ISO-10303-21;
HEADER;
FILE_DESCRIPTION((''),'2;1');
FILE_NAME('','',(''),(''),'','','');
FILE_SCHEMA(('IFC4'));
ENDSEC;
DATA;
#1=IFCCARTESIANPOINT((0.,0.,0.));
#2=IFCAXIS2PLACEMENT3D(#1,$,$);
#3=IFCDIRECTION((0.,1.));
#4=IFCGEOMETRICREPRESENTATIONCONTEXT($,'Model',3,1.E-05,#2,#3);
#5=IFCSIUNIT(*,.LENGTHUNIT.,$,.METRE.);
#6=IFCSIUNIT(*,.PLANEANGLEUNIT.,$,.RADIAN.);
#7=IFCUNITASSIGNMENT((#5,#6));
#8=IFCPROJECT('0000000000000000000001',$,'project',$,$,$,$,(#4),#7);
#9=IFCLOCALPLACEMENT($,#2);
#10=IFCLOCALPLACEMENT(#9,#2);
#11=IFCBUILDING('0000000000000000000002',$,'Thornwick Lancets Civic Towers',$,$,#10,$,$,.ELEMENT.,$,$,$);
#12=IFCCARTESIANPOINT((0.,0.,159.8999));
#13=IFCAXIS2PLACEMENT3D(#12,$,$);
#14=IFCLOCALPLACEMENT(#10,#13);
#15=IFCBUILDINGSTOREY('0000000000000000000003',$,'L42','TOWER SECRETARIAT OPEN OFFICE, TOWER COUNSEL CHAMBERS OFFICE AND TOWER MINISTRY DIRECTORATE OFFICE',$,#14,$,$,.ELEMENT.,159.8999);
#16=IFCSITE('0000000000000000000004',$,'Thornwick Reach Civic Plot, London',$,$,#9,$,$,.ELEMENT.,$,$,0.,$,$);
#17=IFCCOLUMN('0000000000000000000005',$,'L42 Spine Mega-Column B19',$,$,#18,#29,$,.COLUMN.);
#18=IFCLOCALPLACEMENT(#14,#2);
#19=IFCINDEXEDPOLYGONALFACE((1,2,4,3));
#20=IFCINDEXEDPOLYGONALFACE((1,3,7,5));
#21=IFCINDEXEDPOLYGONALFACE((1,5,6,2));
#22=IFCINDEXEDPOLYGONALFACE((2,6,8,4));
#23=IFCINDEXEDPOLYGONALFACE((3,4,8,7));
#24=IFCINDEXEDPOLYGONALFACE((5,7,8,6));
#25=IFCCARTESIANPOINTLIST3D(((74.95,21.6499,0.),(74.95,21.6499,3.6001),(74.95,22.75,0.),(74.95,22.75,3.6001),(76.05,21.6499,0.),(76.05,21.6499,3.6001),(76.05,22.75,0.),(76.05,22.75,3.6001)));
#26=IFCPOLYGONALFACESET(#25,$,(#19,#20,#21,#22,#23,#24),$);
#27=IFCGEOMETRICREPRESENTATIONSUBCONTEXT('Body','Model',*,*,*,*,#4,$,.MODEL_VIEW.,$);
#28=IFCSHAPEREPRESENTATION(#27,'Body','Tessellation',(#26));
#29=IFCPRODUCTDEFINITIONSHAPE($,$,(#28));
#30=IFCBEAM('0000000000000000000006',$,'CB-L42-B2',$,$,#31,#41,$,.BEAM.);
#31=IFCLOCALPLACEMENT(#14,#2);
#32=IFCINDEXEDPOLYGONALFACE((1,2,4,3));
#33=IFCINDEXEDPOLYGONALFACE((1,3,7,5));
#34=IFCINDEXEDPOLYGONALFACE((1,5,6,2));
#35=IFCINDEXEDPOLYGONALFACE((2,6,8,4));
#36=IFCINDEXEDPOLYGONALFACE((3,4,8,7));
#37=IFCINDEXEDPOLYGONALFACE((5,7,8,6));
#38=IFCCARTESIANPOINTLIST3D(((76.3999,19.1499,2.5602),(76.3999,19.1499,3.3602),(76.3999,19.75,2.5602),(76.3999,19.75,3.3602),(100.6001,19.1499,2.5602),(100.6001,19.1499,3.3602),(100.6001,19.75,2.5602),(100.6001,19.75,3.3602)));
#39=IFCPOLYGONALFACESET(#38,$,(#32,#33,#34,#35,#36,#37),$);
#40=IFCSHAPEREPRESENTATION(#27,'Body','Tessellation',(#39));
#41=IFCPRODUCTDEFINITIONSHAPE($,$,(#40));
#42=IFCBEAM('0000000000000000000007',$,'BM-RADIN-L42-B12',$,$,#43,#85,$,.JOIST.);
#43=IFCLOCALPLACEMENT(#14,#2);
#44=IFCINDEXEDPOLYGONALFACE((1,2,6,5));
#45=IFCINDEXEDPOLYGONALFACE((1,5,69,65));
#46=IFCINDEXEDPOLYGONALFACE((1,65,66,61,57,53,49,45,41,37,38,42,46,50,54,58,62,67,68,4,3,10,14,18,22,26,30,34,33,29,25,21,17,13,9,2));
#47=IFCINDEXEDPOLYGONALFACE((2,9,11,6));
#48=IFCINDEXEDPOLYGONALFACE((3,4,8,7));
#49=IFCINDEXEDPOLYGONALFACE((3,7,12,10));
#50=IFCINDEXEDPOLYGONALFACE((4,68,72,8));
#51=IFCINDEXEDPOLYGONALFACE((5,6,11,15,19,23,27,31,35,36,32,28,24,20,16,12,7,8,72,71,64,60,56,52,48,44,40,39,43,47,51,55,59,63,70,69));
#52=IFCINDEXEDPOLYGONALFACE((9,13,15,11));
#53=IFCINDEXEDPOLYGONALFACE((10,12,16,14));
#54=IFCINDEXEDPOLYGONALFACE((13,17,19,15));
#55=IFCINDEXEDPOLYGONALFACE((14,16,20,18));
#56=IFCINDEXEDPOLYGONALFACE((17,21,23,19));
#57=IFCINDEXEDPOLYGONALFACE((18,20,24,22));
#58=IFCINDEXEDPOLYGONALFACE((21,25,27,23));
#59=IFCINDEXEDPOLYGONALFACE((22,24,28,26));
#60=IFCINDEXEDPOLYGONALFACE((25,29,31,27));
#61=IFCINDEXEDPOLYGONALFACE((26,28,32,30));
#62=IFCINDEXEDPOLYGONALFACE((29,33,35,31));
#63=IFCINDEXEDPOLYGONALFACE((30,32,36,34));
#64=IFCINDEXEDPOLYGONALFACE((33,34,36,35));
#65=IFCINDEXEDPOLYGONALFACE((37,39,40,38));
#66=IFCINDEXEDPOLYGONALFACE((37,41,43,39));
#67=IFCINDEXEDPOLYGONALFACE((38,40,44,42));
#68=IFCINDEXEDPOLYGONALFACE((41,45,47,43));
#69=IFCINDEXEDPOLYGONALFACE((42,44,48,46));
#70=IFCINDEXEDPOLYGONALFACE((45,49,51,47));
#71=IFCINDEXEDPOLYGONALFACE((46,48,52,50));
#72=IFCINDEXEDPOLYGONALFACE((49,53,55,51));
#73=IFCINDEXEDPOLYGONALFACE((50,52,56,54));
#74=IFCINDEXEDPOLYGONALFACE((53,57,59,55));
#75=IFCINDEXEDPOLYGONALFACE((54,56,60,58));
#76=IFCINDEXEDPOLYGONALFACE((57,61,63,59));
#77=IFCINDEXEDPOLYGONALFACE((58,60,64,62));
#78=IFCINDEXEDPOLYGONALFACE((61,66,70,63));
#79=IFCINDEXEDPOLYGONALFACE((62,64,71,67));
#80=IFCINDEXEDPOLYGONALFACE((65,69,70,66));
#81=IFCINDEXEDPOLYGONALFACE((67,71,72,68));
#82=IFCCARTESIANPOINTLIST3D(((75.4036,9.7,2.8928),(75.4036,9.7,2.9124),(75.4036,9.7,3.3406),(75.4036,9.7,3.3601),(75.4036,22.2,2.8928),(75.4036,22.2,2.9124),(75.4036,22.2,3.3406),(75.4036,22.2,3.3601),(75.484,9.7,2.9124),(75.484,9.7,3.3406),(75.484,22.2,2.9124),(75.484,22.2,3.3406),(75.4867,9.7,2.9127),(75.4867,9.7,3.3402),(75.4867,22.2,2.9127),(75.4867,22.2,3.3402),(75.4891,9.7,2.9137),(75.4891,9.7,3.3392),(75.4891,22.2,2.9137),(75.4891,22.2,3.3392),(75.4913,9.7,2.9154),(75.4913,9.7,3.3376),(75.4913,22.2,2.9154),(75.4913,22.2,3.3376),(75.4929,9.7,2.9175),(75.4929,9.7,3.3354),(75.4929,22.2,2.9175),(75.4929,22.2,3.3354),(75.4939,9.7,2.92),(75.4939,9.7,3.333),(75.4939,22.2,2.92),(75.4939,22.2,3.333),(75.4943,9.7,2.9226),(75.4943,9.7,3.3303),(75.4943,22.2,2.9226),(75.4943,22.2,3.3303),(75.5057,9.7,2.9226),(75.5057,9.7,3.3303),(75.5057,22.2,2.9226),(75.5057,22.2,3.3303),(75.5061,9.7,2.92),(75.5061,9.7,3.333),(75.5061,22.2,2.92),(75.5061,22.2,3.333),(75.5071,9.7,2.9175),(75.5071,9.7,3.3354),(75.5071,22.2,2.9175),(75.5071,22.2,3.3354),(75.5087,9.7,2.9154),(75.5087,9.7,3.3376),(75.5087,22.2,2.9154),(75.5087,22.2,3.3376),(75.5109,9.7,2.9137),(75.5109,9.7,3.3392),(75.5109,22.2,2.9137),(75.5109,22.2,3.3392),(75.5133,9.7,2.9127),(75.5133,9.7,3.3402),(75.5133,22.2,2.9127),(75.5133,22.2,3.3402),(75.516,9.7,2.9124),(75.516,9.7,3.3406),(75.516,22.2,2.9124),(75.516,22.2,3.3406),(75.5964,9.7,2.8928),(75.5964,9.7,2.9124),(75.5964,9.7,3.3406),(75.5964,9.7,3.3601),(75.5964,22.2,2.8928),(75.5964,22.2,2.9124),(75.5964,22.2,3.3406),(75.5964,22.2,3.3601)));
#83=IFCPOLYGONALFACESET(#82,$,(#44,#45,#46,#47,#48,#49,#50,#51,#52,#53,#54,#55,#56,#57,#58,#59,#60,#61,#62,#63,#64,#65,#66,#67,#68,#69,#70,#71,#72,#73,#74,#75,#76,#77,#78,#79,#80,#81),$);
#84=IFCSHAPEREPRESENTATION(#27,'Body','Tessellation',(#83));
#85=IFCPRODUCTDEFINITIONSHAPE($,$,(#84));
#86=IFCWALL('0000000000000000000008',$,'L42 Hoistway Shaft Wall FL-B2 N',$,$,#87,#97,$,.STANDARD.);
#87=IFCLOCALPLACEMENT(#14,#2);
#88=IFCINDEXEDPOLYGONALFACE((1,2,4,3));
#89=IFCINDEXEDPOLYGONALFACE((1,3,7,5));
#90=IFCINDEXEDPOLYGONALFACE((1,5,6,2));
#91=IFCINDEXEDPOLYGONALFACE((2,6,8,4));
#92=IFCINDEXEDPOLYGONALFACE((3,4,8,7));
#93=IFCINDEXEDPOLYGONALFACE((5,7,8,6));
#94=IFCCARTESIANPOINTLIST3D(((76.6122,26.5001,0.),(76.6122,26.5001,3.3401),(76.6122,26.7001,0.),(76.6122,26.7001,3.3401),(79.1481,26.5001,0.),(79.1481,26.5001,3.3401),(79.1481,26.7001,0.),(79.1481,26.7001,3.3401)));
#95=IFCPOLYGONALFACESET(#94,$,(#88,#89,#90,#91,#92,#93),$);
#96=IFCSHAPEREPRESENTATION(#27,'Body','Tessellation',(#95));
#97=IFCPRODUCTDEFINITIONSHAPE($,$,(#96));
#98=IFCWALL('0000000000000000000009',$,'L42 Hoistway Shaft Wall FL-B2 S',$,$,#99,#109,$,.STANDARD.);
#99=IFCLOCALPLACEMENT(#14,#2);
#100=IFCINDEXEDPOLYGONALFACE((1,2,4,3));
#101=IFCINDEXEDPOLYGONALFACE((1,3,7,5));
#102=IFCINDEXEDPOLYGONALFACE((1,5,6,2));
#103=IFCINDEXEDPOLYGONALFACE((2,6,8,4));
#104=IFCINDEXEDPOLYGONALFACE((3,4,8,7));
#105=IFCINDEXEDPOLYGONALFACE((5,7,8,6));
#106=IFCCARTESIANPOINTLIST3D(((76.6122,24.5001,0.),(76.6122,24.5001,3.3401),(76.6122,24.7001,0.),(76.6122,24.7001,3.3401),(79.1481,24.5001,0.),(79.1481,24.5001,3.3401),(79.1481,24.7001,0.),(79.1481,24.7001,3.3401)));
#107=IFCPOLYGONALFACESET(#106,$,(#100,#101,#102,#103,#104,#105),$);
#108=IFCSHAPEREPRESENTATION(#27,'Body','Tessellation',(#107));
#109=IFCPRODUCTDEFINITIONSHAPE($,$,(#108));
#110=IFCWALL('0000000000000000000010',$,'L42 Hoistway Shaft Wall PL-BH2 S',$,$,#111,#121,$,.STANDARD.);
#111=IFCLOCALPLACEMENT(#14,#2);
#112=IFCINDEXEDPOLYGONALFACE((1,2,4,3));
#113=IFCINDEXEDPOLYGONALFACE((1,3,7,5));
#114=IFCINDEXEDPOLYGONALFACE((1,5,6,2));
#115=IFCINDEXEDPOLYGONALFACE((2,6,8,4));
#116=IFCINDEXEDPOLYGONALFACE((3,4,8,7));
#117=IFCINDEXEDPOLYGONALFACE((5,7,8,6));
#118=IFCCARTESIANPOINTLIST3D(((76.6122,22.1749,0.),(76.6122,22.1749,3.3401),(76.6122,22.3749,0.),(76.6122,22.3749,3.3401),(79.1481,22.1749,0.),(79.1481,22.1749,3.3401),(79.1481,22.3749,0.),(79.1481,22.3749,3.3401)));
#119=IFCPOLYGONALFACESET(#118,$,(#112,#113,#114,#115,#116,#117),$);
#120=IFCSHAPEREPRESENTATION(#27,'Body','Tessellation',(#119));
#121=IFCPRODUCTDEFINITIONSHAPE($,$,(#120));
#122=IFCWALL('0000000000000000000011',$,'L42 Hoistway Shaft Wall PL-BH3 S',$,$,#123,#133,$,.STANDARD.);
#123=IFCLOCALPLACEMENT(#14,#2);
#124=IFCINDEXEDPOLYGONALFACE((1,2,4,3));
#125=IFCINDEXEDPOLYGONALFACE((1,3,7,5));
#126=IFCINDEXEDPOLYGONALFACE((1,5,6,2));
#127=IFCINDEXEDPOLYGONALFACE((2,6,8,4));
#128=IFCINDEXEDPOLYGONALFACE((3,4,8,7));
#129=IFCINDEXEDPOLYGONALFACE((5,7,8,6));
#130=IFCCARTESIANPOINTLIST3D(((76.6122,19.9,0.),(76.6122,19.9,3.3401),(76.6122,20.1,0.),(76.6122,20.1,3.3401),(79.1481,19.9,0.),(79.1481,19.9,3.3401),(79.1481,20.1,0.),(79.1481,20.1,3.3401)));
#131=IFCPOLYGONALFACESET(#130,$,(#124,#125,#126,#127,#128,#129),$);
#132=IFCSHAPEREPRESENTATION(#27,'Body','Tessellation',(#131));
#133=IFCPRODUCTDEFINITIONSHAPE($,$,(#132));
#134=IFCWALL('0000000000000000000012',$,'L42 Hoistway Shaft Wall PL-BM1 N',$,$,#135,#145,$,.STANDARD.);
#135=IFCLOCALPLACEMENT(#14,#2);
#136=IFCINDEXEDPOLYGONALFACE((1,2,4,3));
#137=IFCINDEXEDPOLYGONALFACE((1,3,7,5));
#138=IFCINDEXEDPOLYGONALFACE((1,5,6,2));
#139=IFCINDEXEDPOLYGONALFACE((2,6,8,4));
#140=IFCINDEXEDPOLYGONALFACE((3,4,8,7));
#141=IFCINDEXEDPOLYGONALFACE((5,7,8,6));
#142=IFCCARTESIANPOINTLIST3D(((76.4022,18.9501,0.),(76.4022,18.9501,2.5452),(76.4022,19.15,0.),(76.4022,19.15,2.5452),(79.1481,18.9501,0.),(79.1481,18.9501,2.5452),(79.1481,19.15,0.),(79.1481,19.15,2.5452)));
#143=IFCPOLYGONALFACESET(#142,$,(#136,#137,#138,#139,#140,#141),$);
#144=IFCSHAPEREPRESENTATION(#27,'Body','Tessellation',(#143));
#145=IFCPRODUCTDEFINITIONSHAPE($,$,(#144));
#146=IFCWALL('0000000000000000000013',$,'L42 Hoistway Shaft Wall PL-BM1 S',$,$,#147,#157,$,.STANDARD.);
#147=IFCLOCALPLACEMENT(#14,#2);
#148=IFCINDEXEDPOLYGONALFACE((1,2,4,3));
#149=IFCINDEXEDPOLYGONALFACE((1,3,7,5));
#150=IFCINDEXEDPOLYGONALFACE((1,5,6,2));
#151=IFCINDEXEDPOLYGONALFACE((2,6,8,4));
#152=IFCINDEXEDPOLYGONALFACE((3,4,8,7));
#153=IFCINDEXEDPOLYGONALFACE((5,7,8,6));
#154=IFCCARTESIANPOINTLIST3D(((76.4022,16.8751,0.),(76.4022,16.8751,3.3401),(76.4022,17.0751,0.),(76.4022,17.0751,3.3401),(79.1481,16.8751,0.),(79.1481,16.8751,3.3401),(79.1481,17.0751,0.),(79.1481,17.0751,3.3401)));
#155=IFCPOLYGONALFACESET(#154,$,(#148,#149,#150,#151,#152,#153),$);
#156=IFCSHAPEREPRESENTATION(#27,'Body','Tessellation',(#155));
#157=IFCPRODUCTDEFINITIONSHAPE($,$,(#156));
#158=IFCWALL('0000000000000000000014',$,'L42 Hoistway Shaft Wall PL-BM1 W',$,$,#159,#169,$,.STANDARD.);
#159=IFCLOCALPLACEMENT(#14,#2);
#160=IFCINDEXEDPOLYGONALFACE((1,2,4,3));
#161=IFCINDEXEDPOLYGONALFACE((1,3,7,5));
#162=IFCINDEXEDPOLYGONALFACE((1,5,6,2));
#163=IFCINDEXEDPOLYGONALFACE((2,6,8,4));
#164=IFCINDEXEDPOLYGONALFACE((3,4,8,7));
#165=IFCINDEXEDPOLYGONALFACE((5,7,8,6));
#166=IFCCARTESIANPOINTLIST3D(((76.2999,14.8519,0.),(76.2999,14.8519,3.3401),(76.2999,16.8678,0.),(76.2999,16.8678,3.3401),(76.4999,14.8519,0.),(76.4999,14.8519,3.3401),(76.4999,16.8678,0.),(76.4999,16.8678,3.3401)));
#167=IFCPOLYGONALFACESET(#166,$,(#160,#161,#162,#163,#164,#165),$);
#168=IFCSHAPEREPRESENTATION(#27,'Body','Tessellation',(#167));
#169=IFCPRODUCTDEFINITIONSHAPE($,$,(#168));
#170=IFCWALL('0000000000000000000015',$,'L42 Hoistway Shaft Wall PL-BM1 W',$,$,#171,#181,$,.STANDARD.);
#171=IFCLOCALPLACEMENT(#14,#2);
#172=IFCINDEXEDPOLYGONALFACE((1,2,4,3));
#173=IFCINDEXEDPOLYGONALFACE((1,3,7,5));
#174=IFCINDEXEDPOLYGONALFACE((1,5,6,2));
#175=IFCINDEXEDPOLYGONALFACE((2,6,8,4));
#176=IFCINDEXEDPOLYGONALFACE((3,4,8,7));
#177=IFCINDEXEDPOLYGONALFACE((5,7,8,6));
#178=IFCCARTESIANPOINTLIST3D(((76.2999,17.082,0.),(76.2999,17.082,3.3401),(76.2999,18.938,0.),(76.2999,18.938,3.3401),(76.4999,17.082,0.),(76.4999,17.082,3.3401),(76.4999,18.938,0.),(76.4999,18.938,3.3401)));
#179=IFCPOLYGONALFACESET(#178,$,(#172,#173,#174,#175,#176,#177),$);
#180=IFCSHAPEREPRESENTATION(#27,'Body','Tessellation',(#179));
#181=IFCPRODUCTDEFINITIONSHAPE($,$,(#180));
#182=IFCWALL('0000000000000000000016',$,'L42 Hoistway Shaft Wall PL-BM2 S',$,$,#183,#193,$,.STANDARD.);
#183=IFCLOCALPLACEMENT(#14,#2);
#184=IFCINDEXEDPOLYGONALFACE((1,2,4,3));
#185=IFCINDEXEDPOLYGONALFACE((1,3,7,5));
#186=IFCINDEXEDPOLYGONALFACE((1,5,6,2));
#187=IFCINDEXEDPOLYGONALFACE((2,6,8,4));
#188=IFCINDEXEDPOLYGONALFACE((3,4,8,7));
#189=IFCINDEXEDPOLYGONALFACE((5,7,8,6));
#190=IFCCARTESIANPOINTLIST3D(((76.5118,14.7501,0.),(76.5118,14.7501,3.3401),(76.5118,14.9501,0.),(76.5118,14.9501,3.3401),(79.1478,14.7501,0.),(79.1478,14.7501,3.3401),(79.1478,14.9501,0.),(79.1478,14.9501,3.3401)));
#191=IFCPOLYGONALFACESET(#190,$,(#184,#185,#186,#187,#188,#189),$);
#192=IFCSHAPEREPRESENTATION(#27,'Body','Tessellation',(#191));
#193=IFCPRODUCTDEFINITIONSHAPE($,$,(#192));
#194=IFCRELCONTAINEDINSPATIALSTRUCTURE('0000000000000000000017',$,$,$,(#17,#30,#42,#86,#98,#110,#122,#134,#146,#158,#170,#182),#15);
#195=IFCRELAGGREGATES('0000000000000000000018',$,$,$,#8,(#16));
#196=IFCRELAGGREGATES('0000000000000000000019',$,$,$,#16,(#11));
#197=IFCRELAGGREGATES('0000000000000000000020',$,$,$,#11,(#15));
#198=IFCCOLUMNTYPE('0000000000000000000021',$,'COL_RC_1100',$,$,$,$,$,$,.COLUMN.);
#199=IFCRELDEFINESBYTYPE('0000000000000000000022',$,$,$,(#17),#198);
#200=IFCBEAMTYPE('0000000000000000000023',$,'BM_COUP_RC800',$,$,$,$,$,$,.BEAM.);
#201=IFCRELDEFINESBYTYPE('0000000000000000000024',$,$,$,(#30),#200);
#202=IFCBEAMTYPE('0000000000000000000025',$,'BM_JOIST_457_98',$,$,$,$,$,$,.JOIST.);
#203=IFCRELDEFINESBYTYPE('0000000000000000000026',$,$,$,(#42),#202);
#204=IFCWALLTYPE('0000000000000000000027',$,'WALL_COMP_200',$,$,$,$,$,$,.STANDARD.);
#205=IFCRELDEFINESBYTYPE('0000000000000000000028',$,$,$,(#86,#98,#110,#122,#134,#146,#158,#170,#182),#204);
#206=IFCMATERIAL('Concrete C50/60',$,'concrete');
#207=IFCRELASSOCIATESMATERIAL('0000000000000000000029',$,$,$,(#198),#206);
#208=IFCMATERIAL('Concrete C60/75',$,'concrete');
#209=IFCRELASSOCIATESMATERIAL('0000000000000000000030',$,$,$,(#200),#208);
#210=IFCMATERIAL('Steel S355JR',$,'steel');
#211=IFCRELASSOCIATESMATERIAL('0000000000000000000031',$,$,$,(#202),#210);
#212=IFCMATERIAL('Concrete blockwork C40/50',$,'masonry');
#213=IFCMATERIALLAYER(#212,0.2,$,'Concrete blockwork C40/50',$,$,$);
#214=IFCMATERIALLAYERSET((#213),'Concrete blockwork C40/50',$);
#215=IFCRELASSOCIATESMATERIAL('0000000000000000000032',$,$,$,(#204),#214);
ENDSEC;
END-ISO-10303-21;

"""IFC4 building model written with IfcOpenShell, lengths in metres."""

from ifc_helpers import new_model, si_unit, direction, frame, frame_2d, origin, origin_2d, place, context, subcontext, project, spatial, rectangle, i_section, extrude, material, layer, layer_set, material_profile, profile_set, type_object, element, save


model = new_model("IFC4")

# Units and contexts
model_context = context("Model", 3, precision=1e-05, world=origin(), true_north=direction((0.0, 1.0)))
body_context = subcontext(model_context, "Body", "Model", "MODEL_VIEW")
ifc_project = project(units=[si_unit("LENGTHUNIT", "METRE"), si_unit("PLANEANGLEUNIT", "RADIAN")], contexts=[model_context])

# Site, building, storey
site_placement = place(None, origin())
site = spatial("IfcSite", under=ifc_project, at=site_placement, Name="Thornwick Reach Civic Plot, London", CompositionType="ELEMENT", RefElevation=0.0)
building_placement = place(site_placement, origin())
building = spatial("IfcBuilding", under=site, at=building_placement, Name="Thornwick Lancets Civic Towers", CompositionType="ELEMENT")
storey_placement = place(building_placement, frame((0.0, 0.0, 159.8999)))
storey = spatial("IfcBuildingStorey", under=building, at=storey_placement, Name="L42", Description="TOWER SECRETARIAT OPEN OFFICE, TOWER COUNSEL CHAMBERS OFFICE AND TOWER MINISTRY DIRECTORATE OFFICE", CompositionType="ELEMENT", Elevation=159.8999)

# Column
ifc_material_1 = material(Name="Concrete C50/60", Category="concrete")
ifc_material_profile_1 = material_profile(ifc_material_1, rectangle(XDim=1.1001, YDim=1.1001, at=origin_2d()), Name="RC 1100x1100")
ifc_profile_set_1 = profile_set([ifc_material_profile_1], Name="Concrete C50/60")
column_type = type_object("IfcColumnType", Name="COL_RC_1100", PredefinedType="COLUMN", material=ifc_profile_set_1)
column_placement = place(storey_placement, frame((75.5, 22.2, 0.0), z_axis=(0.0, 0.0, 1.0), x_axis=(1.0, 0.0, 0.0)))
element("IfcColumn", 1, at=column_placement, inside=storey, type_object=column_type, Name="L42 Spine Mega-Column B19", PredefinedType="COLUMN", context=body_context, shape_type="SweptSolid", body=[
    extrude(rectangle(XDim=1.1001, YDim=1.1001, at=origin_2d()), origin(), (0.0, 0.0, 1.0), 3.6001),
])

# Beams
ifc_material_2 = material(Name="Concrete C60/75", Category="concrete")
ifc_material_profile_2 = material_profile(ifc_material_2, rectangle(XDim=0.6001, YDim=0.8, at=origin_2d()), Name="RC 600x800")
ifc_profile_set_2 = profile_set([ifc_material_profile_2], Name="Concrete C60/75")
beam_type_1 = type_object("IfcBeamType", Name="BM_COUP_RC800", PredefinedType="BEAM", material=ifc_profile_set_2)
beam_1_placement = place(storey_placement, frame((76.3999, 19.45, 2.9602), z_axis=(1.0, 0.0, 0.0), x_axis=(0.0, 1.0, 0.0)))
element("IfcBeam", 2, at=beam_1_placement, inside=storey, type_object=beam_type_1, Name="CB-L42-B2", PredefinedType="BEAM", context=body_context, shape_type="SweptSolid", body=[
    extrude(rectangle(XDim=0.6001, YDim=0.8, at=origin_2d()), origin(), (0.0, 0.0, 1.0), 24.2002),
])
ifc_material_3 = material(Name="Steel S355JR", Category="steel")
ifc_material_profile_3 = material_profile(ifc_material_3, i_section(OverallWidth=0.1929, OverallDepth=0.4673, WebThickness=0.0115, FlangeThickness=0.0195, FilletRadius=0.0103, at=origin_2d()), Name="UKB 457x191x98")
ifc_profile_set_3 = profile_set([ifc_material_profile_3], Name="Steel S355JR")
beam_type_2 = type_object("IfcBeamType", Name="BM_JOIST_457_98", PredefinedType="JOIST", material=ifc_profile_set_3)
beam_2_placement = place(storey_placement, frame((75.5, 22.2, 3.1265), z_axis=(0.0, -1.0, 0.0), x_axis=(1.0, 0.0, 0.0)))
element("IfcBeam", 3, at=beam_2_placement, inside=storey, type_object=beam_type_2, Name="BM-RADIN-L42-B12", PredefinedType="JOIST", context=body_context, shape_type="SweptSolid", body=[
    extrude(i_section(OverallWidth=0.1929, OverallDepth=0.4673, WebThickness=0.0115, FlangeThickness=0.0195, FilletRadius=0.0103, at=origin_2d()), origin(), (0.0, 0.0, 1.0), 12.5),
])

# Walls
ifc_material_4 = material(Name="Concrete blockwork C40/50", Category="masonry")
ifc_layer_1 = layer(ifc_material_4, 0.2, Name="Concrete blockwork C40/50")
ifc_layer_set_1 = layer_set([ifc_layer_1], Name="Concrete blockwork C40/50")
wall_type_1 = type_object("IfcWallType", Name="WALL_COMP_200", PredefinedType="STANDARD", material=ifc_layer_set_1)
for number, where, z_axis, x_axis, name in (
    (4, (76.6121, 26.6001, 0.0), (0.0, 0.0, 1.0), (1.0, 0.0, 0.0), "L42 Hoistway Shaft Wall FL-B2 N"),
    (5, (76.6121, 24.6001, 0.0), (0.0, 0.0, 1.0), (1.0, 0.0, 0.0), "L42 Hoistway Shaft Wall FL-B2 S"),
    (6, (76.6121, 22.2749, 0.0), (0.0, 0.0, 1.0), (1.0, 0.0, 0.0), "L42 Hoistway Shaft Wall PL-BH2 S"),
    (7, (76.6121, 20.0, 0.0), (0.0, 0.0, 1.0), (1.0, 0.0, 0.0), "L42 Hoistway Shaft Wall PL-BH3 S"),
):
    element("IfcWall", number, at=place(storey_placement, frame(where, z_axis=z_axis, x_axis=x_axis)), inside=storey, type_object=wall_type_1, Name=name, PredefinedType="STANDARD", context=body_context, shape_type="SweptSolid", body=[
        extrude(rectangle(XDim=2.5359, YDim=0.2, at=frame_2d((1.2681, 0.0))), origin(), (0.0, 0.0, 1.0), 3.3401),
    ])
wall_1_placement = place(storey_placement, frame((76.4021, 19.05, 0.0), z_axis=(0.0, 0.0, 1.0), x_axis=(1.0, 0.0, 0.0)))
element("IfcWall", 8, at=wall_1_placement, inside=storey, type_object=wall_type_1, Name="L42 Hoistway Shaft Wall PL-BM1 N", PredefinedType="STANDARD", context=body_context, shape_type="SweptSolid", body=[
    extrude(rectangle(XDim=2.7458, YDim=0.2, at=frame_2d((1.373, 0.0))), origin(), (0.0, 0.0, 1.0), 2.5452),
])
wall_2_placement = place(storey_placement, frame((76.4021, 16.9751, 0.0), z_axis=(0.0, 0.0, 1.0), x_axis=(1.0, 0.0, 0.0)))
element("IfcWall", 9, at=wall_2_placement, inside=storey, type_object=wall_type_1, Name="L42 Hoistway Shaft Wall PL-BM1 S", PredefinedType="STANDARD", context=body_context, shape_type="SweptSolid", body=[
    extrude(rectangle(XDim=2.7458, YDim=0.2, at=frame_2d((1.373, 0.0))), origin(), (0.0, 0.0, 1.0), 3.3401),
])
wall_3_placement = place(storey_placement, frame((76.3999, 14.8521, 0.0), z_axis=(0.0, 0.0, 1.0), x_axis=(0.0, 1.0, 0.0)))
element("IfcWall", 10, at=wall_3_placement, inside=storey, type_object=wall_type_1, Name="L42 Hoistway Shaft Wall PL-BM1 W", PredefinedType="STANDARD", context=body_context, shape_type="SweptSolid", body=[
    extrude(rectangle(XDim=2.0159, YDim=0.2, at=frame_2d((1.0078, 0.0))), origin(), (0.0, 0.0, 1.0), 3.3401),
])
wall_4_placement = place(storey_placement, frame((76.3999, 17.082, 0.0), z_axis=(0.0, 0.0, 1.0), x_axis=(0.0, 1.0, 0.0)))
element("IfcWall", 11, at=wall_4_placement, inside=storey, type_object=wall_type_1, Name="L42 Hoistway Shaft Wall PL-BM1 W", PredefinedType="STANDARD", context=body_context, shape_type="SweptSolid", body=[
    extrude(rectangle(XDim=1.856, YDim=0.2, at=frame_2d((0.928, 0.0))), origin(), (0.0, 0.0, 1.0), 3.3401),
])
wall_5_placement = place(storey_placement, frame((76.512, 14.8501, 0.0), z_axis=(0.0, 0.0, 1.0), x_axis=(1.0, 0.0, 0.0)))
element("IfcWall", 12, at=wall_5_placement, inside=storey, type_object=wall_type_1, Name="L42 Hoistway Shaft Wall PL-BM2 S", PredefinedType="STANDARD", context=body_context, shape_type="SweptSolid", body=[
    extrude(rectangle(XDim=2.636, YDim=0.2, at=frame_2d((1.3179, 0.0))), origin(), (0.0, 0.0, 1.0), 3.3401),
])

save(model, "model.ifc")
